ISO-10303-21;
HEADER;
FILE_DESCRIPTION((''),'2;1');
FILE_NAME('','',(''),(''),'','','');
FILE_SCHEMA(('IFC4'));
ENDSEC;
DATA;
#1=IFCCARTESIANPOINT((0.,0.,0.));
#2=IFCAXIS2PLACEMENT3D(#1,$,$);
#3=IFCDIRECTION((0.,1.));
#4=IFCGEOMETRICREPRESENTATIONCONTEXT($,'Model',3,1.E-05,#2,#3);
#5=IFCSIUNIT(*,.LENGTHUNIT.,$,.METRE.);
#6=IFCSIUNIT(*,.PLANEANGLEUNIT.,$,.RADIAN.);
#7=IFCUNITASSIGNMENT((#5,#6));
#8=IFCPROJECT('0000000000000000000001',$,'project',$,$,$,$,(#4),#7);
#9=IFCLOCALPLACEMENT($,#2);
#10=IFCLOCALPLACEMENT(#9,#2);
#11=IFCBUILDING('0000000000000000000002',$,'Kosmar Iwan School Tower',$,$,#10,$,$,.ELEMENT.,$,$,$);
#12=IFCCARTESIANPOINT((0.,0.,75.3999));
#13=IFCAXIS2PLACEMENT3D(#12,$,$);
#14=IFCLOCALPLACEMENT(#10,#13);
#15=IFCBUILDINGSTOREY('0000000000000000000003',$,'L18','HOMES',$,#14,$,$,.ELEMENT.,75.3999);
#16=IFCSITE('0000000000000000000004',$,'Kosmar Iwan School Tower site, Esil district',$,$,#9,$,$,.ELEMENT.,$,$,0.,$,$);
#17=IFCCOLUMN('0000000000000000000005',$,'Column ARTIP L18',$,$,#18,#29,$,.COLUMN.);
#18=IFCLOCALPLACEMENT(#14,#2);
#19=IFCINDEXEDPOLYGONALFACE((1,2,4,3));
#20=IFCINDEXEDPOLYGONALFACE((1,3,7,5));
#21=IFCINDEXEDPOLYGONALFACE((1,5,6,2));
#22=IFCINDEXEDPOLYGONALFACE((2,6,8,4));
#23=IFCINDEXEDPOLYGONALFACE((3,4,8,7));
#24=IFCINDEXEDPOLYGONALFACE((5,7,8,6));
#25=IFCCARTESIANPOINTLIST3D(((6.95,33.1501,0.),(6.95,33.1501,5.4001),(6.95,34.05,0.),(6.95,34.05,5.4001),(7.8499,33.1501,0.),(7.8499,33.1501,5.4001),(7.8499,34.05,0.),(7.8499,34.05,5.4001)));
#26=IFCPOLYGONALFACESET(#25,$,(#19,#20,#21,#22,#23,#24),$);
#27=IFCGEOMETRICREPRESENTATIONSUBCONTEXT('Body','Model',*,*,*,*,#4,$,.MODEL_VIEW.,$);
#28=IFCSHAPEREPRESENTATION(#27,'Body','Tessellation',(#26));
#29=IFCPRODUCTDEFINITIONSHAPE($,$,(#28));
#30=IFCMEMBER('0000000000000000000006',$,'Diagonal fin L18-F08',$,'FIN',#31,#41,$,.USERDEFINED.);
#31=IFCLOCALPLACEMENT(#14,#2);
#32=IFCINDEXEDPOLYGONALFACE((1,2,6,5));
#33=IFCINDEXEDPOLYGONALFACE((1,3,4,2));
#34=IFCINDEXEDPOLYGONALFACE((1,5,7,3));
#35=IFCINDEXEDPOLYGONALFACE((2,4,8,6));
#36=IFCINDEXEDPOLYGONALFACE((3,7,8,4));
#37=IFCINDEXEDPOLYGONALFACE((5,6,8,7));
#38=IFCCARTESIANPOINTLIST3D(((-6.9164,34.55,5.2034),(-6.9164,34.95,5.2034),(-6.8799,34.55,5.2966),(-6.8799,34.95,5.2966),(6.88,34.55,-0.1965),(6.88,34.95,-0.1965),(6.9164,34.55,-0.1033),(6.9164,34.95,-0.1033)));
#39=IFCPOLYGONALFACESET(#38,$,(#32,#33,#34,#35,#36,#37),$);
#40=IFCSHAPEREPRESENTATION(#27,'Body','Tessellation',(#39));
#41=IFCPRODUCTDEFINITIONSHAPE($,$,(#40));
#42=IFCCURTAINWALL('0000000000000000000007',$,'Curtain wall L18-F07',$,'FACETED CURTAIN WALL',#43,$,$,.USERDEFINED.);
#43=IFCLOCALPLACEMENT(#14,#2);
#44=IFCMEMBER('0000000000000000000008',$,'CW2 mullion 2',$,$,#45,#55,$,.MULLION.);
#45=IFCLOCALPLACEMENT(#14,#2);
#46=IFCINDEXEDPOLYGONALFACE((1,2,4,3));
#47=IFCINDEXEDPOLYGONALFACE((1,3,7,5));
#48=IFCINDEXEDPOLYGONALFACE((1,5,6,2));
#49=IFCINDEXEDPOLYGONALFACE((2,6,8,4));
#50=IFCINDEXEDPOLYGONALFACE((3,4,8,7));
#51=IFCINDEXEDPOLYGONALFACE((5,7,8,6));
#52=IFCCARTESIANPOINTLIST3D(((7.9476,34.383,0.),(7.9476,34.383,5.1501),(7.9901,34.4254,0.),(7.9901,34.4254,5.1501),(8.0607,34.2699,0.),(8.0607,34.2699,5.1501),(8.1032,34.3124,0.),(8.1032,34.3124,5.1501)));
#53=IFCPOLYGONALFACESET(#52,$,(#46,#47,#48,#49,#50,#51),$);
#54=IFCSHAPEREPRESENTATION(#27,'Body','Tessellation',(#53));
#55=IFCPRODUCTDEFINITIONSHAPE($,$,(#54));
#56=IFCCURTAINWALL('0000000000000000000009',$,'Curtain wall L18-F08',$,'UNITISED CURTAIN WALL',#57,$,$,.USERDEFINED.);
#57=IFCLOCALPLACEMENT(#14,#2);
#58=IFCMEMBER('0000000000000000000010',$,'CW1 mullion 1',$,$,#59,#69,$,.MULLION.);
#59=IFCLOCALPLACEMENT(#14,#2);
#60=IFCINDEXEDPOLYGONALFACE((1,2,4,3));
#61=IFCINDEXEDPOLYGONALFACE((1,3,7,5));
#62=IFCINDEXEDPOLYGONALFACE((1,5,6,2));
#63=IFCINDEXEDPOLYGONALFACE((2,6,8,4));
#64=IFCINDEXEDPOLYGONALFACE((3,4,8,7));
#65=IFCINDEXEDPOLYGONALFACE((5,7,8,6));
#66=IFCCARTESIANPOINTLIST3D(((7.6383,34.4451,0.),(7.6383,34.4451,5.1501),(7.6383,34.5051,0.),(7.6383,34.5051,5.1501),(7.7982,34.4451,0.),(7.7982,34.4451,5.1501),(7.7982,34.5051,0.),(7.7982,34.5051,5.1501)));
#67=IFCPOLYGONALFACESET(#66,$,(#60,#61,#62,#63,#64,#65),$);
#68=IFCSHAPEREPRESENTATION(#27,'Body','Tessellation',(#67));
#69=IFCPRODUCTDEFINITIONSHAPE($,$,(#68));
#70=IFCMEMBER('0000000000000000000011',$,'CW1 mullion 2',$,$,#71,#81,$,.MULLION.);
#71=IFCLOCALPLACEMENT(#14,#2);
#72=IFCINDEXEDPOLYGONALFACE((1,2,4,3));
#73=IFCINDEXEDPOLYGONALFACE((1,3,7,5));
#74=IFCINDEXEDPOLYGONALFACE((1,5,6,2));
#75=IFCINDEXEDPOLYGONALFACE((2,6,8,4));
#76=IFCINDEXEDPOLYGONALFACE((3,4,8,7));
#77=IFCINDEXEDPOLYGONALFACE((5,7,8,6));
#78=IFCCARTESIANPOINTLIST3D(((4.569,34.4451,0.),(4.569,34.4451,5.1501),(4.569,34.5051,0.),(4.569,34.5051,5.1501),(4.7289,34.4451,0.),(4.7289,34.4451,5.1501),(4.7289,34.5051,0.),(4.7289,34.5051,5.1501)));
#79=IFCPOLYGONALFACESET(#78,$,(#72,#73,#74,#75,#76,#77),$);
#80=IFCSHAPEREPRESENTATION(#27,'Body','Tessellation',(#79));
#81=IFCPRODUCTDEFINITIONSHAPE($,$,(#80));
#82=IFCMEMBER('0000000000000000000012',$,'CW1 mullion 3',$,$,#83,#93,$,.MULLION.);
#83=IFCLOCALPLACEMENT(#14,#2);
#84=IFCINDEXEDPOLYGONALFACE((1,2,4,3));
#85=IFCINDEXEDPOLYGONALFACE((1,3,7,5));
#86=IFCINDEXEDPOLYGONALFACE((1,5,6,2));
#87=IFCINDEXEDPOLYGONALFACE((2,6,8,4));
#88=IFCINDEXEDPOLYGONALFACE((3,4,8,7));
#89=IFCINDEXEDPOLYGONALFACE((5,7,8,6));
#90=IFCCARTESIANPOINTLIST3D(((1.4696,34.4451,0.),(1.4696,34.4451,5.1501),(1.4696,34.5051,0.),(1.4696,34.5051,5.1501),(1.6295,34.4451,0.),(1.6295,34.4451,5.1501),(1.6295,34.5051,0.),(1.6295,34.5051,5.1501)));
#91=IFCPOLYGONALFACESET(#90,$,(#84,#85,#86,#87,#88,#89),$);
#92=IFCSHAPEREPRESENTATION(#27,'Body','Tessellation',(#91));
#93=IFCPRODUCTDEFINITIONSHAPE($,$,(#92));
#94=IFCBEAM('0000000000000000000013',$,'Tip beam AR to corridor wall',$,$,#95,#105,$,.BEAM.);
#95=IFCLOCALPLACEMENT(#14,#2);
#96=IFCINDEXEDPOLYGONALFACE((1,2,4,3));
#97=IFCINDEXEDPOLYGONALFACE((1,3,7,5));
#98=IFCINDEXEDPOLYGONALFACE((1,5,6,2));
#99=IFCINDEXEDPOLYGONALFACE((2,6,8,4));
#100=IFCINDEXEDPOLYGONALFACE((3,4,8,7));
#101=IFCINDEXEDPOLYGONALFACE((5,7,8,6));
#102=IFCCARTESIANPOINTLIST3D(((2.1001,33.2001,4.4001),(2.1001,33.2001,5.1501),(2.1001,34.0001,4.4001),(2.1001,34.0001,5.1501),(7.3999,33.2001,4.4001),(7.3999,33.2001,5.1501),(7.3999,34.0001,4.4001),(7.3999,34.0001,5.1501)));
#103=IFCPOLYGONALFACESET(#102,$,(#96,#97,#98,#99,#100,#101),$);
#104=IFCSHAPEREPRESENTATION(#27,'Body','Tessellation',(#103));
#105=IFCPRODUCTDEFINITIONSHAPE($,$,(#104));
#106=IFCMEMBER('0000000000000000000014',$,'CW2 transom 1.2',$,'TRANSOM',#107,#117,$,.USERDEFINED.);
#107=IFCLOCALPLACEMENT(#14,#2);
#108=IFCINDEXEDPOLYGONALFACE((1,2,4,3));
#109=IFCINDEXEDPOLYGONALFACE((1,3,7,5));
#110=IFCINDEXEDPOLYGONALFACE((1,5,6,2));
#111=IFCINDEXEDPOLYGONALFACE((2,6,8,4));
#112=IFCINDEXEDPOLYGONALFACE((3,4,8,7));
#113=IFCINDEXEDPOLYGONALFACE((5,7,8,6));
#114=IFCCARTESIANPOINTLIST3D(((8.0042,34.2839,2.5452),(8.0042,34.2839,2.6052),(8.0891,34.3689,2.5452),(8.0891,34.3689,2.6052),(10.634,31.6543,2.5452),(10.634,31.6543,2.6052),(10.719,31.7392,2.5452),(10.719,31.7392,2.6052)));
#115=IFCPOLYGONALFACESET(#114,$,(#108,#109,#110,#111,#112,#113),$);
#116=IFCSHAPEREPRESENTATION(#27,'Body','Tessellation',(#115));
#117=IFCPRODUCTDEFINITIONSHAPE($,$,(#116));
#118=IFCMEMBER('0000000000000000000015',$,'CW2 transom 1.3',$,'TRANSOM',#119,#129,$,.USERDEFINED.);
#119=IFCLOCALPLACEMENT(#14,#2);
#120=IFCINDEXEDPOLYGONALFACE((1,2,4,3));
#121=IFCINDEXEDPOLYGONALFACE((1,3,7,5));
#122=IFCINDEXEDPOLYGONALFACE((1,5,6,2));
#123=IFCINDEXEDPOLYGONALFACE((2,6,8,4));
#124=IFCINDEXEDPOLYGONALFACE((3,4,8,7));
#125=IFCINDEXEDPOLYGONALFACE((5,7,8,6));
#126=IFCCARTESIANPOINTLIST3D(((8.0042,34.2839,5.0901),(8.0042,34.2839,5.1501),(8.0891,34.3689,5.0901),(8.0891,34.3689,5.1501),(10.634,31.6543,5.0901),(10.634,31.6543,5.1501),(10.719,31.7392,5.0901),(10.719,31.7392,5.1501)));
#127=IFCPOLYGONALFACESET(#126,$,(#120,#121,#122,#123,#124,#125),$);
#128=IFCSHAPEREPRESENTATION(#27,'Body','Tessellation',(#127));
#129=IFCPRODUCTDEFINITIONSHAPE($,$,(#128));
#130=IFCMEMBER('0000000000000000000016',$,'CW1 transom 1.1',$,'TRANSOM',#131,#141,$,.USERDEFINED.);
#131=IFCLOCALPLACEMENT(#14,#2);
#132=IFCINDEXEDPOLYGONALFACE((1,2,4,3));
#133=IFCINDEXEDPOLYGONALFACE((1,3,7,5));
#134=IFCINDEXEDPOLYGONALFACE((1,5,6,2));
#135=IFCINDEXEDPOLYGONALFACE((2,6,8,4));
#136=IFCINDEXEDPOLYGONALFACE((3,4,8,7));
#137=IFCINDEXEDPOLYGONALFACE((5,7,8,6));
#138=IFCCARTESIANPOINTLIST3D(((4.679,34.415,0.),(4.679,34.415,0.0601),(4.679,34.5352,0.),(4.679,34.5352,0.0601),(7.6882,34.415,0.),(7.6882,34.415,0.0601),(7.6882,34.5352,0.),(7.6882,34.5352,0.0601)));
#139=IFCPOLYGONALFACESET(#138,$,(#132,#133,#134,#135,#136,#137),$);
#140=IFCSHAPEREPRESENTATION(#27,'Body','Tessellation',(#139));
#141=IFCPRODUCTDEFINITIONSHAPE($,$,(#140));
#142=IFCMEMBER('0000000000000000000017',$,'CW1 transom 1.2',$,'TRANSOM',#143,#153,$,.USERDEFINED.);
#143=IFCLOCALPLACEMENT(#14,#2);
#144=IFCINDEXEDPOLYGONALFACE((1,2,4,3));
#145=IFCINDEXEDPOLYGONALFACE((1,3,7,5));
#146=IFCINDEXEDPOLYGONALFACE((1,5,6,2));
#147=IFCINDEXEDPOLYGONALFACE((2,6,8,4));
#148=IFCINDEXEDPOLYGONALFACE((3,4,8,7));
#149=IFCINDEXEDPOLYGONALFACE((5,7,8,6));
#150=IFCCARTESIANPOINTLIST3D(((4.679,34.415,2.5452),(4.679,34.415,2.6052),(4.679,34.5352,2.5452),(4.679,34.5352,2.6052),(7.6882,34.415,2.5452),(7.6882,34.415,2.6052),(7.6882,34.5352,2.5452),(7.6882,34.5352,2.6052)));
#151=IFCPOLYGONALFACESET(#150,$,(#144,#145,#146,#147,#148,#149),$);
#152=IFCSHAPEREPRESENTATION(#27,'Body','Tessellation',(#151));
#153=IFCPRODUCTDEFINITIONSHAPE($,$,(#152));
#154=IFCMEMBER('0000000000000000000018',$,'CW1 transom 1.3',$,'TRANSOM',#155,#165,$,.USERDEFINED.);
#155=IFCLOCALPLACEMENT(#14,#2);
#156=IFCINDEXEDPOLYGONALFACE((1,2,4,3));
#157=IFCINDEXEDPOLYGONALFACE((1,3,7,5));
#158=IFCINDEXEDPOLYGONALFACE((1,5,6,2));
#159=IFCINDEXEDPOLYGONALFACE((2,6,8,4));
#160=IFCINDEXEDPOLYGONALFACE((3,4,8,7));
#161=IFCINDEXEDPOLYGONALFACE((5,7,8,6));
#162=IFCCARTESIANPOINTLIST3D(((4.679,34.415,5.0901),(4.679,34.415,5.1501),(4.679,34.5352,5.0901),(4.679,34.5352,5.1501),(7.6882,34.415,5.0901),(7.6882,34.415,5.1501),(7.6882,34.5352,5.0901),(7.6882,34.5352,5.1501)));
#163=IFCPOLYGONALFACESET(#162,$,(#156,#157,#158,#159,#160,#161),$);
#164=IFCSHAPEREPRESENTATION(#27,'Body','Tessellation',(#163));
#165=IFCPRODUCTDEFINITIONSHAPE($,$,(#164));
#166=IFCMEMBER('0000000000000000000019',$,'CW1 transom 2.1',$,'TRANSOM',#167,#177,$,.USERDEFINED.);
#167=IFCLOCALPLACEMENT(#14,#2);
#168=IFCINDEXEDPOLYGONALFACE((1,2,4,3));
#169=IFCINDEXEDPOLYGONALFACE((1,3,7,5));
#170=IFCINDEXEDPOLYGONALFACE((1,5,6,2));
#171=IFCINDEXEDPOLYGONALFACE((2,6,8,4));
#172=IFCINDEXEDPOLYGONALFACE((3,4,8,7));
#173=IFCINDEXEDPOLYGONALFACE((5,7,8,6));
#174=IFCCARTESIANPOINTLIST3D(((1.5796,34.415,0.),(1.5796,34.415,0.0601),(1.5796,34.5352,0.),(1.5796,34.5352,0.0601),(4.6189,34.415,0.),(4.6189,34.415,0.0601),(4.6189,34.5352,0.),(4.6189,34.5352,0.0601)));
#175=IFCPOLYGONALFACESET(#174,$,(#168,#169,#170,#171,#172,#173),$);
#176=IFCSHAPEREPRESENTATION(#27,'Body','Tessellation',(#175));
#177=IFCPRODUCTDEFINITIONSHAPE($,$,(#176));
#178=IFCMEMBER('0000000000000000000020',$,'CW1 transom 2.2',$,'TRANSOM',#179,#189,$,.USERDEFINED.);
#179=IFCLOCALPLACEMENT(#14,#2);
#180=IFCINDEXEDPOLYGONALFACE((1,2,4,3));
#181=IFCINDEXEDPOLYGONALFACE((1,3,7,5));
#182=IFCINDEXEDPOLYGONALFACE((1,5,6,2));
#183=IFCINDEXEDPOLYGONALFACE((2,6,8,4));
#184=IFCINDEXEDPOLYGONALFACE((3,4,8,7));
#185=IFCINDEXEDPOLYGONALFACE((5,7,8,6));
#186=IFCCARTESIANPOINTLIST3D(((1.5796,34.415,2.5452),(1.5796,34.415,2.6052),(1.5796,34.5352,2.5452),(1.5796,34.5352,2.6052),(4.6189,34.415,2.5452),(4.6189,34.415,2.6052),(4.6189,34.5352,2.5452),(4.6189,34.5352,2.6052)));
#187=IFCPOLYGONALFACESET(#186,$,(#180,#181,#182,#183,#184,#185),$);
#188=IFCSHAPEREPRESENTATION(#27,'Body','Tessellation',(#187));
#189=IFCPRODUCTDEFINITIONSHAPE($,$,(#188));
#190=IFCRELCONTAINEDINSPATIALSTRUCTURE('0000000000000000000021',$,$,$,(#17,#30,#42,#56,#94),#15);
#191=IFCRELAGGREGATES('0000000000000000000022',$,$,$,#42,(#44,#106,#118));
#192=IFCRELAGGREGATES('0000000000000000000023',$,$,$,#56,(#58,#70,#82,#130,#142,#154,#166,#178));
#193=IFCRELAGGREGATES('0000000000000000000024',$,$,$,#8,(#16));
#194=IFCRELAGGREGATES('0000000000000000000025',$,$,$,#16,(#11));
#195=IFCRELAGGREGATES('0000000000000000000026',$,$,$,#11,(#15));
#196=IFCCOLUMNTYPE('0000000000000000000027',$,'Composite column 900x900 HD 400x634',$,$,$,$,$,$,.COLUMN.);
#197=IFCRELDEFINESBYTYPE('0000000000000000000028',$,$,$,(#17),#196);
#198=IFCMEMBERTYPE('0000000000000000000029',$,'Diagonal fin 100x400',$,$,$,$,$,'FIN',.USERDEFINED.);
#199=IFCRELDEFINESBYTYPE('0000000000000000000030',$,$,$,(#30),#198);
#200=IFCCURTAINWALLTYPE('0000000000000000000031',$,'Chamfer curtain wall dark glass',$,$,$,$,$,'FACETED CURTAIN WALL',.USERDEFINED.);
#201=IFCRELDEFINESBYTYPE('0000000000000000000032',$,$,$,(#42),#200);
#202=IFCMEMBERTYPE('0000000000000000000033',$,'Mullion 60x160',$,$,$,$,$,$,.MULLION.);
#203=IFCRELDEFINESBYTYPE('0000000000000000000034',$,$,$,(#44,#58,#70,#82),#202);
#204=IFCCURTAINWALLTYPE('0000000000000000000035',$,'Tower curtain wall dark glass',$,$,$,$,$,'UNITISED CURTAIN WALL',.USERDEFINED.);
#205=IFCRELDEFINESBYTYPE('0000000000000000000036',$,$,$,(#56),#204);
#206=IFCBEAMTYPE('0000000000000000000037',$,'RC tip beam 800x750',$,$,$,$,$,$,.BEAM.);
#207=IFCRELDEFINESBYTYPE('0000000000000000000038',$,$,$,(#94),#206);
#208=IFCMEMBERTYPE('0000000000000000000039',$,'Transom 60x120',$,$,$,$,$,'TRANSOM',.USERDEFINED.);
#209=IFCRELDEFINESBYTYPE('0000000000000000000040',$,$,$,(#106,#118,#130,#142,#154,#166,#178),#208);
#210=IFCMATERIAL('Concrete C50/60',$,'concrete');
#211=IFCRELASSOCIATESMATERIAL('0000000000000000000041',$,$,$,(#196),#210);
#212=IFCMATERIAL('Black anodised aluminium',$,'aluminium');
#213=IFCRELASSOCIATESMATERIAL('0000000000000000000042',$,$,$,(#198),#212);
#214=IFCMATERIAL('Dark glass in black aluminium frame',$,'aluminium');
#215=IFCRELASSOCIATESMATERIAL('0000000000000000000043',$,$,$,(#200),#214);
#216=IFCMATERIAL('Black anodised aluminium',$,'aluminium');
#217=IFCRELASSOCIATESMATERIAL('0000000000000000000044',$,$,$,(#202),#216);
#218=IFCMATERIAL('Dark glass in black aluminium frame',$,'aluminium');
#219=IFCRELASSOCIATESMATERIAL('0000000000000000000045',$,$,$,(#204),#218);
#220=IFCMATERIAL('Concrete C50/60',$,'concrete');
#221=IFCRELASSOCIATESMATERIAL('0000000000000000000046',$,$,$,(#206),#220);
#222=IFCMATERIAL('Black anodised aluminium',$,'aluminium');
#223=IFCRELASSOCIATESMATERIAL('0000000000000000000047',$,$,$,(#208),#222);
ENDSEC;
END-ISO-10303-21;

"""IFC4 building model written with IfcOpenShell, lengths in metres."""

from ifc_helpers import new_model, si_unit, direction, frame, origin, origin_2d, place, context, subcontext, project, spatial, rectangle, extrude, material, material_profile, profile_set, type_object, element, aggregate, save


model = new_model("IFC4")

# Units and contexts
model_context = context("Model", 3, precision=1e-05, world=origin(), true_north=direction((0.0, 1.0)))
body_context = subcontext(model_context, "Body", "Model", "MODEL_VIEW")
ifc_project = project(units=[si_unit("LENGTHUNIT", "METRE"), si_unit("PLANEANGLEUNIT", "RADIAN")], contexts=[model_context])

# Site, building, storey
site_placement = place(None, origin())
site = spatial("IfcSite", under=ifc_project, at=site_placement, Name="Kosmar Iwan School Tower site, Esil district", CompositionType="ELEMENT", RefElevation=0.0)
building_placement = place(site_placement, origin())
building = spatial("IfcBuilding", under=site, at=building_placement, Name="Kosmar Iwan School Tower", CompositionType="ELEMENT")
storey_placement = place(building_placement, frame((0.0, 0.0, 75.3999)))
storey = spatial("IfcBuildingStorey", under=building, at=storey_placement, Name="L18", Description="HOMES", CompositionType="ELEMENT", Elevation=75.3999)

# Column
ifc_material_1 = material(Name="Concrete C50/60", Category="concrete")
ifc_material_profile_1 = material_profile(ifc_material_1, rectangle(XDim=0.8999, YDim=0.8999, at=origin_2d()), Name="RC 900x900 + HD 400x634")
ifc_profile_set_1 = profile_set([ifc_material_profile_1], Name="Concrete C50/60")
column_type = type_object("IfcColumnType", Name="Composite column 900x900 HD 400x634", PredefinedType="COLUMN", material=ifc_profile_set_1)
column_placement = place(storey_placement, frame((7.3999, 33.6001, 0.0), z_axis=(0.0, 0.0, 1.0), x_axis=(0.0, 1.0, 0.0)))
element("IfcColumn", 1, at=column_placement, inside=storey, type_object=column_type, Name="Column ARTIP L18", PredefinedType="COLUMN", context=body_context, shape_type="SweptSolid", body=[
    extrude(rectangle(XDim=0.8999, YDim=0.8999, at=origin_2d()), origin(), (0.0, 0.0, 1.0), 5.4001),
])

# Member
ifc_material_2 = material(Name="Black anodised aluminium", Category="aluminium")
ifc_material_profile_2 = material_profile(ifc_material_2, rectangle(XDim=0.1001, YDim=0.3999, at=origin_2d()), Name="FIN 100x400")
ifc_profile_set_2 = profile_set([ifc_material_profile_2], Name="Black anodised aluminium")
member_type_1 = type_object("IfcMemberType", Name="Diagonal fin 100x400", ElementType="FIN", PredefinedType="USERDEFINED", material=ifc_profile_set_2)
member_1_placement = place(storey_placement, frame((6.8982, 34.75, -0.1499), z_axis=(-0.931213, 0.0, 0.364476), x_axis=(0.364476, 0.0, 0.931213)))
element("IfcMember", 2, at=member_1_placement, inside=storey, type_object=member_type_1, Name="Diagonal fin L18-F08", ObjectType="FIN", PredefinedType="USERDEFINED", context=body_context, shape_type="SweptSolid", body=[
    extrude(rectangle(XDim=0.1001, YDim=0.3999, at=origin_2d()), origin(), (0.0, 0.0, 1.0), 14.8154),
])

# Curtain wall, member
ifc_material_3 = material(Name="Dark glass in black aluminium frame", Category="aluminium")
curtain_wall_type_1 = type_object("IfcCurtainWallType", Name="Chamfer curtain wall dark glass", ElementType="FACETED CURTAIN WALL", PredefinedType="USERDEFINED", material=ifc_material_3)
curtain_wall_1_placement = place(storey_placement, origin())
curtain_wall_1 = element("IfcCurtainWall", 3, at=curtain_wall_1_placement, inside=storey, type_object=curtain_wall_type_1, Name="Curtain wall L18-F07", ObjectType="FACETED CURTAIN WALL", PredefinedType="USERDEFINED")
ifc_material_4 = material(Name="Black anodised aluminium", Category="aluminium")
ifc_material_profile_3 = material_profile(ifc_material_4, rectangle(XDim=0.0601, YDim=0.1599, at=origin_2d()), Name="MULLION 60x160")
ifc_profile_set_3 = profile_set([ifc_material_profile_3], Name="Black anodised aluminium")
member_type_2 = type_object("IfcMemberType", Name="Mullion 60x160", PredefinedType="MULLION", material=ifc_profile_set_3)
member_2_placement = place(storey_placement, frame((8.0254, 34.3477, 0.0), z_axis=(0.0, 0.0, 1.0), x_axis=(-0.707107, -0.707107, 0.0)))
member_2 = element("IfcMember", 4, at=member_2_placement, type_object=member_type_2, Name="CW2 mullion 2", PredefinedType="MULLION", context=body_context, shape_type="SweptSolid", body=[
    extrude(rectangle(XDim=0.0601, YDim=0.1599, at=origin_2d()), origin(), (0.0, 0.0, 1.0), 5.1501),
])

# Curtain wall, members
ifc_material_5 = material(Name="Dark glass in black aluminium frame", Category="aluminium")
curtain_wall_type_2 = type_object("IfcCurtainWallType", Name="Tower curtain wall dark glass", ElementType="UNITISED CURTAIN WALL", PredefinedType="USERDEFINED", material=ifc_material_5)
curtain_wall_2_placement = place(storey_placement, origin())
curtain_wall_2 = element("IfcCurtainWall", 5, at=curtain_wall_2_placement, inside=storey, type_object=curtain_wall_type_2, Name="Curtain wall L18-F08", ObjectType="UNITISED CURTAIN WALL", PredefinedType="USERDEFINED")
member_3_placement = place(storey_placement, frame((7.7183, 34.4751, 0.0), z_axis=(0.0, 0.0, 1.0), x_axis=(0.0, -1.0, 0.0)))
member_3 = element("IfcMember", 6, at=member_3_placement, type_object=member_type_2, Name="CW1 mullion 1", PredefinedType="MULLION", context=body_context, shape_type="SweptSolid", body=[
    extrude(rectangle(XDim=0.0601, YDim=0.1599, at=origin_2d()), origin(), (0.0, 0.0, 1.0), 5.1501),
])
member_4_placement = place(storey_placement, frame((4.6489, 34.4751, 0.0), z_axis=(0.0, 0.0, 1.0), x_axis=(0.0, -1.0, 0.0)))
member_4 = element("IfcMember", 7, at=member_4_placement, type_object=member_type_2, Name="CW1 mullion 2", PredefinedType="MULLION", context=body_context, shape_type="SweptSolid", body=[
    extrude(rectangle(XDim=0.0601, YDim=0.1599, at=origin_2d()), origin(), (0.0, 0.0, 1.0), 5.1501),
])
member_5_placement = place(storey_placement, frame((1.5496, 34.4751, 0.0), z_axis=(0.0, 0.0, 1.0), x_axis=(0.0, -1.0, 0.0)))
member_5 = element("IfcMember", 8, at=member_5_placement, type_object=member_type_2, Name="CW1 mullion 3", PredefinedType="MULLION", context=body_context, shape_type="SweptSolid", body=[
    extrude(rectangle(XDim=0.0601, YDim=0.1599, at=origin_2d()), origin(), (0.0, 0.0, 1.0), 5.1501),
])

# Beam
ifc_material_6 = material(Name="Concrete C50/60", Category="concrete")
ifc_material_profile_4 = material_profile(ifc_material_6, rectangle(XDim=0.8, YDim=0.75, at=origin_2d()), Name="RC 800x750")
ifc_profile_set_4 = profile_set([ifc_material_profile_4], Name="Concrete C50/60")
beam_type = type_object("IfcBeamType", Name="RC tip beam 800x750", PredefinedType="BEAM", material=ifc_profile_set_4)
beam_placement = place(storey_placement, frame((7.3999, 33.6001, 4.7751), z_axis=(-1.0, 0.0, 0.0), x_axis=(0.0, -1.0, 0.0)))
element("IfcBeam", 9, at=beam_placement, inside=storey, type_object=beam_type, Name="Tip beam AR to corridor wall", PredefinedType="BEAM", context=body_context, shape_type="SweptSolid", body=[
    extrude(rectangle(XDim=0.8, YDim=0.75, at=origin_2d()), origin(), (0.0, 0.0, 1.0), 5.2998),
])

# Members
ifc_material_7 = material(Name="Black anodised aluminium", Category="aluminium")
ifc_material_profile_5 = material_profile(ifc_material_7, rectangle(XDim=0.1201, YDim=0.0601, at=origin_2d()), Name="TRANSOM 60x120")
ifc_profile_set_5 = profile_set([ifc_material_profile_5], Name="Black anodised aluminium")
member_type_3 = type_object("IfcMemberType", Name="Transom 60x120", ElementType="TRANSOM", PredefinedType="USERDEFINED", material=ifc_profile_set_5)
member_6_placement = place(storey_placement, frame((10.6765, 31.6968, 2.5752), z_axis=(-0.70714, 0.707074, 0.0), x_axis=(-0.707074, -0.70714, 0.0)))
member_6 = element("IfcMember", 10, at=member_6_placement, type_object=member_type_3, Name="CW2 transom 1.2", ObjectType="TRANSOM", PredefinedType="USERDEFINED", context=body_context, shape_type="SweptSolid", body=[
    extrude(rectangle(XDim=0.1201, YDim=0.0601, at=origin_2d()), origin(), (0.0, 0.0, 1.0), 3.719),
])
member_7_placement = place(storey_placement, frame((10.6765, 31.6968, 5.1201), z_axis=(-0.70714, 0.707074, 0.0), x_axis=(-0.707074, -0.70714, 0.0)))
member_7 = element("IfcMember", 11, at=member_7_placement, type_object=member_type_3, Name="CW2 transom 1.3", ObjectType="TRANSOM", PredefinedType="USERDEFINED", context=body_context, shape_type="SweptSolid", body=[
    extrude(rectangle(XDim=0.1201, YDim=0.0601, at=origin_2d()), origin(), (0.0, 0.0, 1.0), 3.719),
])
member_8_placement = place(storey_placement, frame((7.6882, 34.4751, 0.03), z_axis=(-1.0, 0.0, 0.0), x_axis=(0.0, -1.0, 0.0)))
member_8 = element("IfcMember", 12, at=member_8_placement, type_object=member_type_3, Name="CW1 transom 1.1", ObjectType="TRANSOM", PredefinedType="USERDEFINED", context=body_context, shape_type="SweptSolid", body=[
    extrude(rectangle(XDim=0.1201, YDim=0.0601, at=origin_2d()), origin(), (0.0, 0.0, 1.0), 3.0093),
])
member_9_placement = place(storey_placement, frame((7.6882, 34.4751, 2.5752), z_axis=(-1.0, 0.0, 0.0), x_axis=(0.0, -1.0, 0.0)))
member_9 = element("IfcMember", 13, at=member_9_placement, type_object=member_type_3, Name="CW1 transom 1.2", ObjectType="TRANSOM", PredefinedType="USERDEFINED", context=body_context, shape_type="SweptSolid", body=[
    extrude(rectangle(XDim=0.1201, YDim=0.0601, at=origin_2d()), origin(), (0.0, 0.0, 1.0), 3.0093),
])
member_10_placement = place(storey_placement, frame((7.6882, 34.4751, 5.1201), z_axis=(-1.0, 0.0, 0.0), x_axis=(0.0, -1.0, 0.0)))
member_10 = element("IfcMember", 14, at=member_10_placement, type_object=member_type_3, Name="CW1 transom 1.3", ObjectType="TRANSOM", PredefinedType="USERDEFINED", context=body_context, shape_type="SweptSolid", body=[
    extrude(rectangle(XDim=0.1201, YDim=0.0601, at=origin_2d()), origin(), (0.0, 0.0, 1.0), 3.0093),
])
member_11_placement = place(storey_placement, frame((4.6189, 34.4751, 0.03), z_axis=(-1.0, 0.0, 0.0), x_axis=(0.0, -1.0, 0.0)))
member_11 = element("IfcMember", 15, at=member_11_placement, type_object=member_type_3, Name="CW1 transom 2.1", ObjectType="TRANSOM", PredefinedType="USERDEFINED", context=body_context, shape_type="SweptSolid", body=[
    extrude(rectangle(XDim=0.1201, YDim=0.0601, at=origin_2d()), origin(), (0.0, 0.0, 1.0), 3.0393),
])
member_12_placement = place(storey_placement, frame((4.6189, 34.4751, 2.5752), z_axis=(-1.0, 0.0, 0.0), x_axis=(0.0, -1.0, 0.0)))
member_12 = element("IfcMember", 16, at=member_12_placement, type_object=member_type_3, Name="CW1 transom 2.2", ObjectType="TRANSOM", PredefinedType="USERDEFINED", context=body_context, shape_type="SweptSolid", body=[
    extrude(rectangle(XDim=0.1201, YDim=0.0601, at=origin_2d()), origin(), (0.0, 0.0, 1.0), 3.0393),
])

aggregate(curtain_wall_1, [member_2, member_6, member_7])
aggregate(curtain_wall_2, [member_3, member_4, member_5, member_8, member_9, member_10, member_11, member_12])

save(model, "model.ifc")
